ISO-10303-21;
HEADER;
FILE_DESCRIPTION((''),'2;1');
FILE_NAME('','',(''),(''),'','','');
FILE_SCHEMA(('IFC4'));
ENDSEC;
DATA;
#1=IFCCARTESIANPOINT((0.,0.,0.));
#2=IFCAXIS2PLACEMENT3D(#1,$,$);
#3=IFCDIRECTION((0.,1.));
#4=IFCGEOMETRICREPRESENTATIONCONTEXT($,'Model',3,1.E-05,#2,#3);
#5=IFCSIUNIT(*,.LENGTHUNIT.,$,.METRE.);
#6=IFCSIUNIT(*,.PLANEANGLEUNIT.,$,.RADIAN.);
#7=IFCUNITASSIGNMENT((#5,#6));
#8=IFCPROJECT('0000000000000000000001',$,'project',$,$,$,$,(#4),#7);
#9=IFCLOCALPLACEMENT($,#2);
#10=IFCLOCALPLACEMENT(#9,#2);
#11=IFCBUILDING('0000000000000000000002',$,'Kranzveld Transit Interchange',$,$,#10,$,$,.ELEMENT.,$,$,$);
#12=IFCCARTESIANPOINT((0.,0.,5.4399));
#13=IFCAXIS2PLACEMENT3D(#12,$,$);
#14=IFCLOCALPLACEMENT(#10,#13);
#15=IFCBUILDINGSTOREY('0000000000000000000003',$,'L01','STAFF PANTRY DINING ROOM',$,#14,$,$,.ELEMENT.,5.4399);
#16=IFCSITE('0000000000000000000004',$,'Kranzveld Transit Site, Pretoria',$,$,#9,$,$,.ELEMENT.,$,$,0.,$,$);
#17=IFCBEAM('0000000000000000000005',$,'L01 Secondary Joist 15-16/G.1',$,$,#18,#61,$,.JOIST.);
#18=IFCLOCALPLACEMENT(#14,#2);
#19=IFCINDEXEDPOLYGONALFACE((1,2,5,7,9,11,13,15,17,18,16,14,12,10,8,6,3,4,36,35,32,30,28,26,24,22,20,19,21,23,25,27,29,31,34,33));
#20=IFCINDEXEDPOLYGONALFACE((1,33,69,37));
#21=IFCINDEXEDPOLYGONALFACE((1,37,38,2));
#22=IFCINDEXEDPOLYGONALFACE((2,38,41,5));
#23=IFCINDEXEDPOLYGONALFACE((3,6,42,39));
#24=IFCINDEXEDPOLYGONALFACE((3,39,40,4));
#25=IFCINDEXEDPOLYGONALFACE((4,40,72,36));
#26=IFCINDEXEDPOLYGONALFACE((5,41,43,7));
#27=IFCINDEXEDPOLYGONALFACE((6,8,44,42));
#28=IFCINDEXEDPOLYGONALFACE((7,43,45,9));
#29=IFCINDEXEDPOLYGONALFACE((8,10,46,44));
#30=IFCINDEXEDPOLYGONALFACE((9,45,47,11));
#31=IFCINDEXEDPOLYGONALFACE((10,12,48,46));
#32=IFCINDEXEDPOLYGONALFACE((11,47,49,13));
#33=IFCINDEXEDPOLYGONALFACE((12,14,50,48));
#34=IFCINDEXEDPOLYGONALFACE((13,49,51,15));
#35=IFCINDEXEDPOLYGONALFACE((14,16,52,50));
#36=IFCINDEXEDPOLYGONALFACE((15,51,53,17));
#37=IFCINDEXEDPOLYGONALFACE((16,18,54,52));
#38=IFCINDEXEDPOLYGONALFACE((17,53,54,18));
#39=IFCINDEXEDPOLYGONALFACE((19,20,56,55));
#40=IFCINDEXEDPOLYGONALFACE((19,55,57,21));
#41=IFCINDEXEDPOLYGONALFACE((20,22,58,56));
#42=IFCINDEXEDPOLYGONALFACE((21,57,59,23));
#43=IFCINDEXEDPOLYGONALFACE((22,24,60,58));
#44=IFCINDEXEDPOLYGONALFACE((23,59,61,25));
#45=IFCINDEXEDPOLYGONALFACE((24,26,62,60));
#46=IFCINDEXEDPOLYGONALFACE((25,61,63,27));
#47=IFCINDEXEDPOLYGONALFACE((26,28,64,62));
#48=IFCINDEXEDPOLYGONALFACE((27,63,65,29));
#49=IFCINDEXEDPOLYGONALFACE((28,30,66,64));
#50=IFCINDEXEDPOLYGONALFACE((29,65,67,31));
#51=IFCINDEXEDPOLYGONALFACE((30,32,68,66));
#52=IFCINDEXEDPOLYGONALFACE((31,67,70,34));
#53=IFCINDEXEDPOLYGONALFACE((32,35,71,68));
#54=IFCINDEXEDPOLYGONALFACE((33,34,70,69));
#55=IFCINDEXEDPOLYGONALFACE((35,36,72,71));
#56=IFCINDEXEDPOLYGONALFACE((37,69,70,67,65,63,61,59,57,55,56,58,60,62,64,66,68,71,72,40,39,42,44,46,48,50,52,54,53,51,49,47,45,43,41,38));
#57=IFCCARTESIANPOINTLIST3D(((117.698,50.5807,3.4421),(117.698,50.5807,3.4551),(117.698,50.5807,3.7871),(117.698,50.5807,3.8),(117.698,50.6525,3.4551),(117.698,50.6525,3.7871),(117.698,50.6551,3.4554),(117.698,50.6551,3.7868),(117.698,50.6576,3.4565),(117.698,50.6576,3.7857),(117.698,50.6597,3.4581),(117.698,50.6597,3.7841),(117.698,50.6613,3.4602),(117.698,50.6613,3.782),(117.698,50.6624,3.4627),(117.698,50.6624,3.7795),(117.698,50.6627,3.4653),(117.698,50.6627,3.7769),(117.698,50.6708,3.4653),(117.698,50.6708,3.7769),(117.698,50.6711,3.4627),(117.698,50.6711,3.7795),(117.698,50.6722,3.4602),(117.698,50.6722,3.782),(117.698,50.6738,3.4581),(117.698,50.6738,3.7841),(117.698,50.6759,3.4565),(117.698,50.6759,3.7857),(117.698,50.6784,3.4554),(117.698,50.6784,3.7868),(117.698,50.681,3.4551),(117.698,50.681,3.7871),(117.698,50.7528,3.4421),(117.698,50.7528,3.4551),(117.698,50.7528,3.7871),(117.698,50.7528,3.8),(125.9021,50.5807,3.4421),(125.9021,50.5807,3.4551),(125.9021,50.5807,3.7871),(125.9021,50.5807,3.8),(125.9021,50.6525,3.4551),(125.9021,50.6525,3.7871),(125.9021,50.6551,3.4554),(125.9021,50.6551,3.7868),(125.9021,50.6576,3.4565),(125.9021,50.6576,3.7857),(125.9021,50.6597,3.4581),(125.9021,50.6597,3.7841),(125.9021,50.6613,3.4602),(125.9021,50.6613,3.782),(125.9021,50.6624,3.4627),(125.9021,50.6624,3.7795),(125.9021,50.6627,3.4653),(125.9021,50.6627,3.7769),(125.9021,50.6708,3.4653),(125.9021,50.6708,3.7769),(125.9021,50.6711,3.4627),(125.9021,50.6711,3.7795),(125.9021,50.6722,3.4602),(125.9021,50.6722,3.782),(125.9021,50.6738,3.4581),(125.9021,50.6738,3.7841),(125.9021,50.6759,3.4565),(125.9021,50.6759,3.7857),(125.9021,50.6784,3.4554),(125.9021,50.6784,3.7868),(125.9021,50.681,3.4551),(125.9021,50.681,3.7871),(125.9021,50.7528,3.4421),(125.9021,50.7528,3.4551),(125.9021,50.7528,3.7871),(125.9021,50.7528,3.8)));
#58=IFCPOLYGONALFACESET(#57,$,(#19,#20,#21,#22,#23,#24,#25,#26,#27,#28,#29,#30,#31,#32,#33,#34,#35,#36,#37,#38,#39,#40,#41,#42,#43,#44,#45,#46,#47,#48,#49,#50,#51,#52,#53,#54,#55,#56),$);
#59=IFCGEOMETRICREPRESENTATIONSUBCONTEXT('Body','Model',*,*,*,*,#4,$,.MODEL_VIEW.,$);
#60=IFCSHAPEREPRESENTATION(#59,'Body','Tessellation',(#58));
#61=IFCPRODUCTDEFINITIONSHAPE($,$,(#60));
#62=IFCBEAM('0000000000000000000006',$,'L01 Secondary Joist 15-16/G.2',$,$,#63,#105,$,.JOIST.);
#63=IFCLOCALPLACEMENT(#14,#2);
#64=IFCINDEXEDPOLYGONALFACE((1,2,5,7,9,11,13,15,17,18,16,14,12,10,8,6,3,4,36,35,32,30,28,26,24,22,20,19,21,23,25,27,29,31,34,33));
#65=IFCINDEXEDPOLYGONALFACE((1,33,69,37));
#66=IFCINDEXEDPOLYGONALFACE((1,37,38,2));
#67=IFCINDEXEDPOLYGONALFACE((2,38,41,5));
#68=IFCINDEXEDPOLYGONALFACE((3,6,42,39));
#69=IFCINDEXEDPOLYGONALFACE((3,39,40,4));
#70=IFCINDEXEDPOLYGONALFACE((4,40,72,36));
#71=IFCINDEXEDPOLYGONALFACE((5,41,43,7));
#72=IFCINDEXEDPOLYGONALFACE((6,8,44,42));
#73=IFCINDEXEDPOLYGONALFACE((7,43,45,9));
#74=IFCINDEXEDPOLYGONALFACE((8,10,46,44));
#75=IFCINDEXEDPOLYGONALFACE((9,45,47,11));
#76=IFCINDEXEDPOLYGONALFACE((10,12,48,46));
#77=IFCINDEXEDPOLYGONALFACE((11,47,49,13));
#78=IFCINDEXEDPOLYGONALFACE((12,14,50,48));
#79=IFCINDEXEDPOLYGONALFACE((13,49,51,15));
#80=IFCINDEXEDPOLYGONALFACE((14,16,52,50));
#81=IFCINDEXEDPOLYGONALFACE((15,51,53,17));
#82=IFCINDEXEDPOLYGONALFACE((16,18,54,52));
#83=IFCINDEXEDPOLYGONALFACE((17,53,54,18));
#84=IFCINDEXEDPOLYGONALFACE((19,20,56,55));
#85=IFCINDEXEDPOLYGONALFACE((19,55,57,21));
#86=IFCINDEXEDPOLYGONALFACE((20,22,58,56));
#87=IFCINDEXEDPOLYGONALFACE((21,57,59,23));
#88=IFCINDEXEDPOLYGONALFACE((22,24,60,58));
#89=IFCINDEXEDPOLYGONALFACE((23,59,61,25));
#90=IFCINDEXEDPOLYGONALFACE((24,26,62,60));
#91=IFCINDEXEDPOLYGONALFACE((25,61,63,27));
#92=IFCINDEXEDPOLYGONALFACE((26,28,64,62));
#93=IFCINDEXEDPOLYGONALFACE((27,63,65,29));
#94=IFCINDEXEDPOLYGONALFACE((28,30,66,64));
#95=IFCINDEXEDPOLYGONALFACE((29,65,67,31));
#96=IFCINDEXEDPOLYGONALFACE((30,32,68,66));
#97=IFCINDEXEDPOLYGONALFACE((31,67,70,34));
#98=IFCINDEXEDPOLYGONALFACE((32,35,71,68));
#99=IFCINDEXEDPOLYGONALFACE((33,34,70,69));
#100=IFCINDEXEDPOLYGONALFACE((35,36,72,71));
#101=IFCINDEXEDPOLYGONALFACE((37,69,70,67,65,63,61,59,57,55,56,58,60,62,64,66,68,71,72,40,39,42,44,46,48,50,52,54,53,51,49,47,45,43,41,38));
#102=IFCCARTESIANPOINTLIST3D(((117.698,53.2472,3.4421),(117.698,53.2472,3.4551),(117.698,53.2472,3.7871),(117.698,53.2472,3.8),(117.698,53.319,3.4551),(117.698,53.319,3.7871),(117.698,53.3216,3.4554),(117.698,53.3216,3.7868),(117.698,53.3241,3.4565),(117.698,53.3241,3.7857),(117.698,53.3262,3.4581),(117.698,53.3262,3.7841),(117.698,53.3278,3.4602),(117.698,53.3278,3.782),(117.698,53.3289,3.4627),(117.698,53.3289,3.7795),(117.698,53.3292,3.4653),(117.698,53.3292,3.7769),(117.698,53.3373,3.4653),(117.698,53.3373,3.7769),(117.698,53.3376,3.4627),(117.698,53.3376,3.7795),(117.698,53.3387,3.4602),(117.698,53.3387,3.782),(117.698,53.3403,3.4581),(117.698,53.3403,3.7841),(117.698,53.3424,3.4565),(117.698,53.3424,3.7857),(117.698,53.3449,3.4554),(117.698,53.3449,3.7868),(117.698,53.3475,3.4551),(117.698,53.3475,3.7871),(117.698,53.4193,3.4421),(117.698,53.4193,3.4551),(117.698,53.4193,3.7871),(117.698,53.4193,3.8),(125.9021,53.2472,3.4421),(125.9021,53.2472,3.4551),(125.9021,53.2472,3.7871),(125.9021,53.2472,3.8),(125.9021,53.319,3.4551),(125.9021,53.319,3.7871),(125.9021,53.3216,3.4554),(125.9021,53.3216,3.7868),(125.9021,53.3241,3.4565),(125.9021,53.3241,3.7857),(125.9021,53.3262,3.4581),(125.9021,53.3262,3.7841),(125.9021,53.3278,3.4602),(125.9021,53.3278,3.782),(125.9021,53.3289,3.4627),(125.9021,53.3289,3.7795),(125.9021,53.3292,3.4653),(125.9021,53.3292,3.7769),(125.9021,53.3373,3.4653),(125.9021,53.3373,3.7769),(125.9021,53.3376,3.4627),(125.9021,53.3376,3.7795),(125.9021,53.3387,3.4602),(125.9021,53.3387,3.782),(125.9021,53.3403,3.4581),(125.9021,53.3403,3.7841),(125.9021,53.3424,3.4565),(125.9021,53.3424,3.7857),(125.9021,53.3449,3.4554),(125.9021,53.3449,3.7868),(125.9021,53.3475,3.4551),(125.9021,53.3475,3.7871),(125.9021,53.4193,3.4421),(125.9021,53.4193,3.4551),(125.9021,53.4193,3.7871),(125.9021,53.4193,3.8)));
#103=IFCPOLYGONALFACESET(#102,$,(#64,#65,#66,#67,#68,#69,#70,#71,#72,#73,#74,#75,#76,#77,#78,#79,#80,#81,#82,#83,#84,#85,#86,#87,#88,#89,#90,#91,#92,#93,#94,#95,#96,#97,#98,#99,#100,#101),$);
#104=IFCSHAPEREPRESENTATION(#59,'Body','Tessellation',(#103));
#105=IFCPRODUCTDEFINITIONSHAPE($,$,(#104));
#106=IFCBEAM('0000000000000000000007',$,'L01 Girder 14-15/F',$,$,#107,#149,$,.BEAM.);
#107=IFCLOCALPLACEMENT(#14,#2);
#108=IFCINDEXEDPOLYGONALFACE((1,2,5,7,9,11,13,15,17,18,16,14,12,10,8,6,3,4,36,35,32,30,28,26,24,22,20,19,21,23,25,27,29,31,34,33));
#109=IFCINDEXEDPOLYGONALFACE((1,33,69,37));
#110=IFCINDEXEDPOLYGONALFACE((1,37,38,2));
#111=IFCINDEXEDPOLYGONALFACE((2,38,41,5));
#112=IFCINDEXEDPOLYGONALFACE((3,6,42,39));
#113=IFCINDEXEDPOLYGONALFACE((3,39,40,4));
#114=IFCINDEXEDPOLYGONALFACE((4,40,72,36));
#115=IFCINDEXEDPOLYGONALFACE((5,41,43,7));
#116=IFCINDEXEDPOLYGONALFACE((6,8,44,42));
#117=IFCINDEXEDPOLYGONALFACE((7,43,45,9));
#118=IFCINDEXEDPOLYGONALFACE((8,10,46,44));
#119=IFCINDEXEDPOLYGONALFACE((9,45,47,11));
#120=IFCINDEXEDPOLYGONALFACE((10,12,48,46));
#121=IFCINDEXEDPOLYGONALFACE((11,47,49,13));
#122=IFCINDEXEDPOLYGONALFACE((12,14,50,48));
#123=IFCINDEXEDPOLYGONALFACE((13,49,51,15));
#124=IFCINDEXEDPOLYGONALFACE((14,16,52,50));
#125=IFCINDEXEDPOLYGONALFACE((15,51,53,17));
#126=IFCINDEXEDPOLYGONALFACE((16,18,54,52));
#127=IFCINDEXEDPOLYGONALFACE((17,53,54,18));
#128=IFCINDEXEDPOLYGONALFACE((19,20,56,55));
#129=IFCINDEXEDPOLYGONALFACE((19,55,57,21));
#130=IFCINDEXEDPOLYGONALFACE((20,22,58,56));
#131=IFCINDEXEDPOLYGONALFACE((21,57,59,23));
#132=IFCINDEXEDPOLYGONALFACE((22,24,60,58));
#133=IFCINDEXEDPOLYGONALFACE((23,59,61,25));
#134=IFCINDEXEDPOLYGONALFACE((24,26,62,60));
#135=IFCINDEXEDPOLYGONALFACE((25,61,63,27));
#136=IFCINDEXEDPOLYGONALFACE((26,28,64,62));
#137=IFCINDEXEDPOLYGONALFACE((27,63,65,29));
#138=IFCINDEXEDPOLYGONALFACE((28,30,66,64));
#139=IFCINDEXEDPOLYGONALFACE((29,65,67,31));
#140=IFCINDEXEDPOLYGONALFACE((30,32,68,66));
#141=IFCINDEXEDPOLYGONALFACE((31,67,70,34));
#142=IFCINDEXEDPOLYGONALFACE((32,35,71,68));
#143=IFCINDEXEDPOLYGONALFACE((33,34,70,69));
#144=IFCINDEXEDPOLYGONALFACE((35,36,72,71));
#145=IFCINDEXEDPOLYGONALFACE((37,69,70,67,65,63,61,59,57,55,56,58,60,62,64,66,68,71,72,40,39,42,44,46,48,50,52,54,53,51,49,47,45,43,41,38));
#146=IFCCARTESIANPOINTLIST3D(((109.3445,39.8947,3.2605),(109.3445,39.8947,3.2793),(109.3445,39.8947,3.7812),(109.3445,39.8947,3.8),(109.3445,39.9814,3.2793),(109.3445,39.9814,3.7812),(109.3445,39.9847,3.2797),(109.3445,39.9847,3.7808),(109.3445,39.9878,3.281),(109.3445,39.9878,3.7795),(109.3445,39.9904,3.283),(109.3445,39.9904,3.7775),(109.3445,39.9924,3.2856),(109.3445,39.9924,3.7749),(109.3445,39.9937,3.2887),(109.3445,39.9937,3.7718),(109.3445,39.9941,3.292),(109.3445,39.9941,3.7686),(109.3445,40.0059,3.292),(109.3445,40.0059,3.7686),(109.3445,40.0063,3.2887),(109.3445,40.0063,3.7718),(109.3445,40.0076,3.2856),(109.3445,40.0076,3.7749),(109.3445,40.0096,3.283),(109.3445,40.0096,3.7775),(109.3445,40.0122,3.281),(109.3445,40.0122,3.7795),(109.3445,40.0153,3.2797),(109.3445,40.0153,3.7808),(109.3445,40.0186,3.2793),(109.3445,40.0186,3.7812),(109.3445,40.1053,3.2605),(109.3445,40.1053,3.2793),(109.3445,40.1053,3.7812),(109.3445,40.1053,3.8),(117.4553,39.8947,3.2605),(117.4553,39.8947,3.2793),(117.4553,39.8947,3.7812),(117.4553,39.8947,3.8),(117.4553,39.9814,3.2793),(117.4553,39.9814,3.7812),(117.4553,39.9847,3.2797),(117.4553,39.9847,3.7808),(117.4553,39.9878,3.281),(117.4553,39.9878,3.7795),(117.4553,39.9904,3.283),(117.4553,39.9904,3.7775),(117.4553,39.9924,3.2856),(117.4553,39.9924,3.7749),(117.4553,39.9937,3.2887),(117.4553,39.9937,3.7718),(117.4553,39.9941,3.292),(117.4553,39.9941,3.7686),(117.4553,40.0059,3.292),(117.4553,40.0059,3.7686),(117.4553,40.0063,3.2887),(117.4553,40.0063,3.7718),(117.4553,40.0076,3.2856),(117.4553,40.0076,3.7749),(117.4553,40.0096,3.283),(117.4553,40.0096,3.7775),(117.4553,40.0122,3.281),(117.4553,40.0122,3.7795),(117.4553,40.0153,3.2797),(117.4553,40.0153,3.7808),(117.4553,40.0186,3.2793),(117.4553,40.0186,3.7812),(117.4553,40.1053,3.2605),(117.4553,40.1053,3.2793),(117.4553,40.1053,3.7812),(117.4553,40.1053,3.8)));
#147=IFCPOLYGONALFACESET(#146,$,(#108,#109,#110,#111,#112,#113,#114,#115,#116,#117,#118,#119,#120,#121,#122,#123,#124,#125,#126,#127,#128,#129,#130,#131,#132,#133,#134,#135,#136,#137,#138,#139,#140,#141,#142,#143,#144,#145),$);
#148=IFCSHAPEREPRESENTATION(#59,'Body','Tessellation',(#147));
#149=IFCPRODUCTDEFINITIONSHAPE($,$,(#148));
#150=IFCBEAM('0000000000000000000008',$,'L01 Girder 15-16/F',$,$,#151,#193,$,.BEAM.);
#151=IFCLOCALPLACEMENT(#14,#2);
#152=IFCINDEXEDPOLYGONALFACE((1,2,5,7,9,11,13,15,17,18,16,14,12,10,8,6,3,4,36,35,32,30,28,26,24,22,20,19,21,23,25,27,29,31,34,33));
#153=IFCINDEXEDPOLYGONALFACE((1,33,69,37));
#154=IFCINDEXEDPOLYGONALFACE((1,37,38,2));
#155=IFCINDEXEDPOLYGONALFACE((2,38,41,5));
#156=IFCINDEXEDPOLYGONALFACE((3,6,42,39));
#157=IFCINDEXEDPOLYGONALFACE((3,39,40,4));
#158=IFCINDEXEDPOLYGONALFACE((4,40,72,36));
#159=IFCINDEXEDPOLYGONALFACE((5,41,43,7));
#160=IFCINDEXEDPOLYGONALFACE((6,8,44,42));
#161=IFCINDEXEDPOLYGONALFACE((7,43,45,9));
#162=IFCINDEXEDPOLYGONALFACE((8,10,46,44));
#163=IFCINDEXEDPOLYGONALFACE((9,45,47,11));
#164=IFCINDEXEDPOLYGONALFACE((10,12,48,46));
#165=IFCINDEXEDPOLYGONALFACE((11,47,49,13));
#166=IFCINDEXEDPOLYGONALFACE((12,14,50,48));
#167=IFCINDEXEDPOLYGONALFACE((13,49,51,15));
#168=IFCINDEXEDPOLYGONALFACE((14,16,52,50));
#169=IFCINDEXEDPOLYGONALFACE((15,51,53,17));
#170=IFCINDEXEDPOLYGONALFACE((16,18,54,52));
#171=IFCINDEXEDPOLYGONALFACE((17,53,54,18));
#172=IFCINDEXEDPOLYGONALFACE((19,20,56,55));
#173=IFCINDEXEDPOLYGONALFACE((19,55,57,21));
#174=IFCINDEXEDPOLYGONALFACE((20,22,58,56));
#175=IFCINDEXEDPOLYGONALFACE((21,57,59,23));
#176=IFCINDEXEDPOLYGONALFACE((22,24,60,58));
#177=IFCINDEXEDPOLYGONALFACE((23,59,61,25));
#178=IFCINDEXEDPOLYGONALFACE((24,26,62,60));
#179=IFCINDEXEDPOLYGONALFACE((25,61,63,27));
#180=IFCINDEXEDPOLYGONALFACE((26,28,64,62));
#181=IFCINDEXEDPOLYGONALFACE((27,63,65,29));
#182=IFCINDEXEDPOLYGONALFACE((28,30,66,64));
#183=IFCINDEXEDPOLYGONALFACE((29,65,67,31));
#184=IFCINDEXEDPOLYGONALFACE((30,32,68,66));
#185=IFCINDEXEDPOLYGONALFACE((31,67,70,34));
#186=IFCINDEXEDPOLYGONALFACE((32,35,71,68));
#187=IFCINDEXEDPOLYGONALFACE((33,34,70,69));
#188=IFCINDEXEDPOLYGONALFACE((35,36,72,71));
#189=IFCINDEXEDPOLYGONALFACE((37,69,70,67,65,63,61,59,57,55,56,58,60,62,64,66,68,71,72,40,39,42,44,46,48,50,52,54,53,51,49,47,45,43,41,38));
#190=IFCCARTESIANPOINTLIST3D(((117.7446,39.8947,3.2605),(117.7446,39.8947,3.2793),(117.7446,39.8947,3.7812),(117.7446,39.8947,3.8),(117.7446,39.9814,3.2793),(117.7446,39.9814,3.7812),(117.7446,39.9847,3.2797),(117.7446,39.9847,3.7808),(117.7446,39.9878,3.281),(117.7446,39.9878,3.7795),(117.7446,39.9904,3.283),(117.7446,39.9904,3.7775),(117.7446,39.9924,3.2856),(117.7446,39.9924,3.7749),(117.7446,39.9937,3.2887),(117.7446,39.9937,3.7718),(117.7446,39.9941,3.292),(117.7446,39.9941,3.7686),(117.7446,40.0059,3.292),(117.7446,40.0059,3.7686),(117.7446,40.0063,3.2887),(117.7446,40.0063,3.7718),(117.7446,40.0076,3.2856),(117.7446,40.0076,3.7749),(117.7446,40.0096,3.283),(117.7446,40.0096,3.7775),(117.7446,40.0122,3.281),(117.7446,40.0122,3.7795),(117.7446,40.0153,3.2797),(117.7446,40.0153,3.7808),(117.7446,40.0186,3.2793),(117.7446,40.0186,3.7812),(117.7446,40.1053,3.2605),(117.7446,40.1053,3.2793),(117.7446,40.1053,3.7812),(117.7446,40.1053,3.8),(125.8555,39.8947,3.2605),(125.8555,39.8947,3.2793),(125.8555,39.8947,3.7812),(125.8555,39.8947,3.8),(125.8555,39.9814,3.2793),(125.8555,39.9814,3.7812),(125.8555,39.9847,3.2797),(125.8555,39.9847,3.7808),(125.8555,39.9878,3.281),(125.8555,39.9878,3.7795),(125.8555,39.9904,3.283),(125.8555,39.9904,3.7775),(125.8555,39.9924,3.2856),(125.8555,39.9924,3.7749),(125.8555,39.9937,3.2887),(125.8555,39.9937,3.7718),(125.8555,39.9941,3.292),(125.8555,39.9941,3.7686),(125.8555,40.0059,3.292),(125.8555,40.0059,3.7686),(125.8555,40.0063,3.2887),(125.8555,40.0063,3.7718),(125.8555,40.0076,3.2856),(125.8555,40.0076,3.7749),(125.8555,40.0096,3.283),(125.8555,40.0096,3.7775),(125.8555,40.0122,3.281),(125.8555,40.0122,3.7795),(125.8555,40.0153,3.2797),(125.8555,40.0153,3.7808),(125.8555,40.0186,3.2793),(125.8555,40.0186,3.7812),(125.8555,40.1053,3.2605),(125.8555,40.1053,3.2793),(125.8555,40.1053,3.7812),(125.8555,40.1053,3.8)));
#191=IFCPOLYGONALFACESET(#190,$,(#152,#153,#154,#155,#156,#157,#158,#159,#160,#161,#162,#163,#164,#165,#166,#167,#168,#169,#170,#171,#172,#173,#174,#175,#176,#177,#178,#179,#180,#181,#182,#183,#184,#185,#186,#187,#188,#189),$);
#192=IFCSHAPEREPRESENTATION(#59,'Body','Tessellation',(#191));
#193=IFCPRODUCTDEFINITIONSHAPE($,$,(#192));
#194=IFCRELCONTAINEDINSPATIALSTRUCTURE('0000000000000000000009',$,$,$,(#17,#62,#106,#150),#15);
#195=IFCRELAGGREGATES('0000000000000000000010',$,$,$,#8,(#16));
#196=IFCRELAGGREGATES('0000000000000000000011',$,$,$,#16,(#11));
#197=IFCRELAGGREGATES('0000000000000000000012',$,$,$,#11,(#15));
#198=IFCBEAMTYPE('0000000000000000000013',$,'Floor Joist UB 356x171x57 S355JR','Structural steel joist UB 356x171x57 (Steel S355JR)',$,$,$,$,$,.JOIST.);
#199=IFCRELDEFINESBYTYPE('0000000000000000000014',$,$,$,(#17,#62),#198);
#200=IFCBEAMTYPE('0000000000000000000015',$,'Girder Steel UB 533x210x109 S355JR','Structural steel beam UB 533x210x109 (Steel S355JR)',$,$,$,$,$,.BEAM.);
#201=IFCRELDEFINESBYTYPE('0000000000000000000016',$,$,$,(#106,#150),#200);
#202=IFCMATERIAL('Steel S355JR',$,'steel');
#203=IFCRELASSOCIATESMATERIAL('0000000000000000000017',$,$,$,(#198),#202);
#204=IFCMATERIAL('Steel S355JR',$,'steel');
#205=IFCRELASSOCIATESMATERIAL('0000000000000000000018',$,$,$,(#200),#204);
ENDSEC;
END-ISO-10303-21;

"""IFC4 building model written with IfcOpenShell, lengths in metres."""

from ifc_helpers import new_model, si_unit, direction, frame, origin, origin_2d, place, context, subcontext, project, spatial, i_section, extrude, material, material_profile, profile_set, type_object, element, save


model = new_model("IFC4")

# Units and contexts
model_context = context("Model", 3, precision=1e-05, world=origin(), true_north=direction((0.0, 1.0)))
body_context = subcontext(model_context, "Body", "Model", "MODEL_VIEW")
ifc_project = project(units=[si_unit("LENGTHUNIT", "METRE"), si_unit("PLANEANGLEUNIT", "RADIAN")], contexts=[model_context])

# Site, building, storey
site_placement = place(None, origin())
site = spatial("IfcSite", under=ifc_project, at=site_placement, Name="Kranzveld Transit Site, Pretoria", CompositionType="ELEMENT", RefElevation=0.0)
building_placement = place(site_placement, origin())
building = spatial("IfcBuilding", under=site, at=building_placement, Name="Kranzveld Transit Interchange", CompositionType="ELEMENT")
storey_placement = place(building_placement, frame((0.0, 0.0, 5.4399)))
storey = spatial("IfcBuildingStorey", under=building, at=storey_placement, Name="L01", Description="STAFF PANTRY DINING ROOM", CompositionType="ELEMENT", Elevation=5.4399)

# Beams
ifc_material_1 = material(Name="Steel S355JR", Category="steel")
ifc_material_profile_1 = material_profile(ifc_material_1, i_section(OverallWidth=0.1721, OverallDepth=0.3579, WebThickness=0.0081, FlangeThickness=0.0129, FilletRadius=0.0103, at=origin_2d()), Name="UB 356x171x57")
ifc_profile_set_1 = profile_set([ifc_material_profile_1], Name="Steel S355JR")
beam_type_1 = type_object("IfcBeamType", Name="Floor Joist UB 356x171x57 S355JR", Description="Structural steel joist UB 356x171x57 (Steel S355JR)", PredefinedType="JOIST", material=ifc_profile_set_1)
for number, where, z_axis, x_axis, name in (
    (1, (117.698, 50.6667, 3.6211), (1.0, 0.0, 0.0), (0.0, 1.0, 0.0), "L01 Secondary Joist 15-16/G.1"),
    (2, (117.698, 53.3333, 3.6211), (1.0, 0.0, 0.0), (0.0, 1.0, 0.0), "L01 Secondary Joist 15-16/G.2"),
):
    element("IfcBeam", number, at=place(storey_placement, frame(where, z_axis=z_axis, x_axis=x_axis)), inside=storey, type_object=beam_type_1, Name=name, PredefinedType="JOIST", context=body_context, shape_type="SweptSolid", body=[
        extrude(i_section(OverallWidth=0.1721, OverallDepth=0.3579, WebThickness=0.0081, FlangeThickness=0.0129, FilletRadius=0.0103, at=origin_2d()), origin(), (0.0, 0.0, 1.0), 8.2041),
    ])
ifc_material_2 = material(Name="Steel S355JR", Category="steel")
ifc_material_profile_2 = material_profile(ifc_material_2, i_section(OverallWidth=0.2107, OverallDepth=0.5396, WebThickness=0.0117, FlangeThickness=0.0188, FilletRadius=0.0127, at=origin_2d()), Name="UB 533x210x109")
ifc_profile_set_2 = profile_set([ifc_material_profile_2], Name="Steel S355JR")
beam_type_2 = type_object("IfcBeamType", Name="Girder Steel UB 533x210x109 S355JR", Description="Structural steel beam UB 533x210x109 (Steel S355JR)", PredefinedType="BEAM", material=ifc_profile_set_2)
for number, where, z_axis, x_axis, name in (
    (3, (109.3445, 40.0, 3.5303), (1.0, 0.0, 0.0), (0.0, 1.0, 0.0), "L01 Girder 14-15/F"),
    (4, (117.7446, 40.0, 3.5303), (1.0, 0.0, 0.0), (0.0, 1.0, 0.0), "L01 Girder 15-16/F"),
):
    element("IfcBeam", number, at=place(storey_placement, frame(where, z_axis=z_axis, x_axis=x_axis)), inside=storey, type_object=beam_type_2, Name=name, PredefinedType="BEAM", context=body_context, shape_type="SweptSolid", body=[
        extrude(i_section(OverallWidth=0.2107, OverallDepth=0.5396, WebThickness=0.0117, FlangeThickness=0.0188, FilletRadius=0.0127, at=origin_2d()), origin(), (0.0, 0.0, 1.0), 8.1108),
    ])

save(model, "model.ifc")
